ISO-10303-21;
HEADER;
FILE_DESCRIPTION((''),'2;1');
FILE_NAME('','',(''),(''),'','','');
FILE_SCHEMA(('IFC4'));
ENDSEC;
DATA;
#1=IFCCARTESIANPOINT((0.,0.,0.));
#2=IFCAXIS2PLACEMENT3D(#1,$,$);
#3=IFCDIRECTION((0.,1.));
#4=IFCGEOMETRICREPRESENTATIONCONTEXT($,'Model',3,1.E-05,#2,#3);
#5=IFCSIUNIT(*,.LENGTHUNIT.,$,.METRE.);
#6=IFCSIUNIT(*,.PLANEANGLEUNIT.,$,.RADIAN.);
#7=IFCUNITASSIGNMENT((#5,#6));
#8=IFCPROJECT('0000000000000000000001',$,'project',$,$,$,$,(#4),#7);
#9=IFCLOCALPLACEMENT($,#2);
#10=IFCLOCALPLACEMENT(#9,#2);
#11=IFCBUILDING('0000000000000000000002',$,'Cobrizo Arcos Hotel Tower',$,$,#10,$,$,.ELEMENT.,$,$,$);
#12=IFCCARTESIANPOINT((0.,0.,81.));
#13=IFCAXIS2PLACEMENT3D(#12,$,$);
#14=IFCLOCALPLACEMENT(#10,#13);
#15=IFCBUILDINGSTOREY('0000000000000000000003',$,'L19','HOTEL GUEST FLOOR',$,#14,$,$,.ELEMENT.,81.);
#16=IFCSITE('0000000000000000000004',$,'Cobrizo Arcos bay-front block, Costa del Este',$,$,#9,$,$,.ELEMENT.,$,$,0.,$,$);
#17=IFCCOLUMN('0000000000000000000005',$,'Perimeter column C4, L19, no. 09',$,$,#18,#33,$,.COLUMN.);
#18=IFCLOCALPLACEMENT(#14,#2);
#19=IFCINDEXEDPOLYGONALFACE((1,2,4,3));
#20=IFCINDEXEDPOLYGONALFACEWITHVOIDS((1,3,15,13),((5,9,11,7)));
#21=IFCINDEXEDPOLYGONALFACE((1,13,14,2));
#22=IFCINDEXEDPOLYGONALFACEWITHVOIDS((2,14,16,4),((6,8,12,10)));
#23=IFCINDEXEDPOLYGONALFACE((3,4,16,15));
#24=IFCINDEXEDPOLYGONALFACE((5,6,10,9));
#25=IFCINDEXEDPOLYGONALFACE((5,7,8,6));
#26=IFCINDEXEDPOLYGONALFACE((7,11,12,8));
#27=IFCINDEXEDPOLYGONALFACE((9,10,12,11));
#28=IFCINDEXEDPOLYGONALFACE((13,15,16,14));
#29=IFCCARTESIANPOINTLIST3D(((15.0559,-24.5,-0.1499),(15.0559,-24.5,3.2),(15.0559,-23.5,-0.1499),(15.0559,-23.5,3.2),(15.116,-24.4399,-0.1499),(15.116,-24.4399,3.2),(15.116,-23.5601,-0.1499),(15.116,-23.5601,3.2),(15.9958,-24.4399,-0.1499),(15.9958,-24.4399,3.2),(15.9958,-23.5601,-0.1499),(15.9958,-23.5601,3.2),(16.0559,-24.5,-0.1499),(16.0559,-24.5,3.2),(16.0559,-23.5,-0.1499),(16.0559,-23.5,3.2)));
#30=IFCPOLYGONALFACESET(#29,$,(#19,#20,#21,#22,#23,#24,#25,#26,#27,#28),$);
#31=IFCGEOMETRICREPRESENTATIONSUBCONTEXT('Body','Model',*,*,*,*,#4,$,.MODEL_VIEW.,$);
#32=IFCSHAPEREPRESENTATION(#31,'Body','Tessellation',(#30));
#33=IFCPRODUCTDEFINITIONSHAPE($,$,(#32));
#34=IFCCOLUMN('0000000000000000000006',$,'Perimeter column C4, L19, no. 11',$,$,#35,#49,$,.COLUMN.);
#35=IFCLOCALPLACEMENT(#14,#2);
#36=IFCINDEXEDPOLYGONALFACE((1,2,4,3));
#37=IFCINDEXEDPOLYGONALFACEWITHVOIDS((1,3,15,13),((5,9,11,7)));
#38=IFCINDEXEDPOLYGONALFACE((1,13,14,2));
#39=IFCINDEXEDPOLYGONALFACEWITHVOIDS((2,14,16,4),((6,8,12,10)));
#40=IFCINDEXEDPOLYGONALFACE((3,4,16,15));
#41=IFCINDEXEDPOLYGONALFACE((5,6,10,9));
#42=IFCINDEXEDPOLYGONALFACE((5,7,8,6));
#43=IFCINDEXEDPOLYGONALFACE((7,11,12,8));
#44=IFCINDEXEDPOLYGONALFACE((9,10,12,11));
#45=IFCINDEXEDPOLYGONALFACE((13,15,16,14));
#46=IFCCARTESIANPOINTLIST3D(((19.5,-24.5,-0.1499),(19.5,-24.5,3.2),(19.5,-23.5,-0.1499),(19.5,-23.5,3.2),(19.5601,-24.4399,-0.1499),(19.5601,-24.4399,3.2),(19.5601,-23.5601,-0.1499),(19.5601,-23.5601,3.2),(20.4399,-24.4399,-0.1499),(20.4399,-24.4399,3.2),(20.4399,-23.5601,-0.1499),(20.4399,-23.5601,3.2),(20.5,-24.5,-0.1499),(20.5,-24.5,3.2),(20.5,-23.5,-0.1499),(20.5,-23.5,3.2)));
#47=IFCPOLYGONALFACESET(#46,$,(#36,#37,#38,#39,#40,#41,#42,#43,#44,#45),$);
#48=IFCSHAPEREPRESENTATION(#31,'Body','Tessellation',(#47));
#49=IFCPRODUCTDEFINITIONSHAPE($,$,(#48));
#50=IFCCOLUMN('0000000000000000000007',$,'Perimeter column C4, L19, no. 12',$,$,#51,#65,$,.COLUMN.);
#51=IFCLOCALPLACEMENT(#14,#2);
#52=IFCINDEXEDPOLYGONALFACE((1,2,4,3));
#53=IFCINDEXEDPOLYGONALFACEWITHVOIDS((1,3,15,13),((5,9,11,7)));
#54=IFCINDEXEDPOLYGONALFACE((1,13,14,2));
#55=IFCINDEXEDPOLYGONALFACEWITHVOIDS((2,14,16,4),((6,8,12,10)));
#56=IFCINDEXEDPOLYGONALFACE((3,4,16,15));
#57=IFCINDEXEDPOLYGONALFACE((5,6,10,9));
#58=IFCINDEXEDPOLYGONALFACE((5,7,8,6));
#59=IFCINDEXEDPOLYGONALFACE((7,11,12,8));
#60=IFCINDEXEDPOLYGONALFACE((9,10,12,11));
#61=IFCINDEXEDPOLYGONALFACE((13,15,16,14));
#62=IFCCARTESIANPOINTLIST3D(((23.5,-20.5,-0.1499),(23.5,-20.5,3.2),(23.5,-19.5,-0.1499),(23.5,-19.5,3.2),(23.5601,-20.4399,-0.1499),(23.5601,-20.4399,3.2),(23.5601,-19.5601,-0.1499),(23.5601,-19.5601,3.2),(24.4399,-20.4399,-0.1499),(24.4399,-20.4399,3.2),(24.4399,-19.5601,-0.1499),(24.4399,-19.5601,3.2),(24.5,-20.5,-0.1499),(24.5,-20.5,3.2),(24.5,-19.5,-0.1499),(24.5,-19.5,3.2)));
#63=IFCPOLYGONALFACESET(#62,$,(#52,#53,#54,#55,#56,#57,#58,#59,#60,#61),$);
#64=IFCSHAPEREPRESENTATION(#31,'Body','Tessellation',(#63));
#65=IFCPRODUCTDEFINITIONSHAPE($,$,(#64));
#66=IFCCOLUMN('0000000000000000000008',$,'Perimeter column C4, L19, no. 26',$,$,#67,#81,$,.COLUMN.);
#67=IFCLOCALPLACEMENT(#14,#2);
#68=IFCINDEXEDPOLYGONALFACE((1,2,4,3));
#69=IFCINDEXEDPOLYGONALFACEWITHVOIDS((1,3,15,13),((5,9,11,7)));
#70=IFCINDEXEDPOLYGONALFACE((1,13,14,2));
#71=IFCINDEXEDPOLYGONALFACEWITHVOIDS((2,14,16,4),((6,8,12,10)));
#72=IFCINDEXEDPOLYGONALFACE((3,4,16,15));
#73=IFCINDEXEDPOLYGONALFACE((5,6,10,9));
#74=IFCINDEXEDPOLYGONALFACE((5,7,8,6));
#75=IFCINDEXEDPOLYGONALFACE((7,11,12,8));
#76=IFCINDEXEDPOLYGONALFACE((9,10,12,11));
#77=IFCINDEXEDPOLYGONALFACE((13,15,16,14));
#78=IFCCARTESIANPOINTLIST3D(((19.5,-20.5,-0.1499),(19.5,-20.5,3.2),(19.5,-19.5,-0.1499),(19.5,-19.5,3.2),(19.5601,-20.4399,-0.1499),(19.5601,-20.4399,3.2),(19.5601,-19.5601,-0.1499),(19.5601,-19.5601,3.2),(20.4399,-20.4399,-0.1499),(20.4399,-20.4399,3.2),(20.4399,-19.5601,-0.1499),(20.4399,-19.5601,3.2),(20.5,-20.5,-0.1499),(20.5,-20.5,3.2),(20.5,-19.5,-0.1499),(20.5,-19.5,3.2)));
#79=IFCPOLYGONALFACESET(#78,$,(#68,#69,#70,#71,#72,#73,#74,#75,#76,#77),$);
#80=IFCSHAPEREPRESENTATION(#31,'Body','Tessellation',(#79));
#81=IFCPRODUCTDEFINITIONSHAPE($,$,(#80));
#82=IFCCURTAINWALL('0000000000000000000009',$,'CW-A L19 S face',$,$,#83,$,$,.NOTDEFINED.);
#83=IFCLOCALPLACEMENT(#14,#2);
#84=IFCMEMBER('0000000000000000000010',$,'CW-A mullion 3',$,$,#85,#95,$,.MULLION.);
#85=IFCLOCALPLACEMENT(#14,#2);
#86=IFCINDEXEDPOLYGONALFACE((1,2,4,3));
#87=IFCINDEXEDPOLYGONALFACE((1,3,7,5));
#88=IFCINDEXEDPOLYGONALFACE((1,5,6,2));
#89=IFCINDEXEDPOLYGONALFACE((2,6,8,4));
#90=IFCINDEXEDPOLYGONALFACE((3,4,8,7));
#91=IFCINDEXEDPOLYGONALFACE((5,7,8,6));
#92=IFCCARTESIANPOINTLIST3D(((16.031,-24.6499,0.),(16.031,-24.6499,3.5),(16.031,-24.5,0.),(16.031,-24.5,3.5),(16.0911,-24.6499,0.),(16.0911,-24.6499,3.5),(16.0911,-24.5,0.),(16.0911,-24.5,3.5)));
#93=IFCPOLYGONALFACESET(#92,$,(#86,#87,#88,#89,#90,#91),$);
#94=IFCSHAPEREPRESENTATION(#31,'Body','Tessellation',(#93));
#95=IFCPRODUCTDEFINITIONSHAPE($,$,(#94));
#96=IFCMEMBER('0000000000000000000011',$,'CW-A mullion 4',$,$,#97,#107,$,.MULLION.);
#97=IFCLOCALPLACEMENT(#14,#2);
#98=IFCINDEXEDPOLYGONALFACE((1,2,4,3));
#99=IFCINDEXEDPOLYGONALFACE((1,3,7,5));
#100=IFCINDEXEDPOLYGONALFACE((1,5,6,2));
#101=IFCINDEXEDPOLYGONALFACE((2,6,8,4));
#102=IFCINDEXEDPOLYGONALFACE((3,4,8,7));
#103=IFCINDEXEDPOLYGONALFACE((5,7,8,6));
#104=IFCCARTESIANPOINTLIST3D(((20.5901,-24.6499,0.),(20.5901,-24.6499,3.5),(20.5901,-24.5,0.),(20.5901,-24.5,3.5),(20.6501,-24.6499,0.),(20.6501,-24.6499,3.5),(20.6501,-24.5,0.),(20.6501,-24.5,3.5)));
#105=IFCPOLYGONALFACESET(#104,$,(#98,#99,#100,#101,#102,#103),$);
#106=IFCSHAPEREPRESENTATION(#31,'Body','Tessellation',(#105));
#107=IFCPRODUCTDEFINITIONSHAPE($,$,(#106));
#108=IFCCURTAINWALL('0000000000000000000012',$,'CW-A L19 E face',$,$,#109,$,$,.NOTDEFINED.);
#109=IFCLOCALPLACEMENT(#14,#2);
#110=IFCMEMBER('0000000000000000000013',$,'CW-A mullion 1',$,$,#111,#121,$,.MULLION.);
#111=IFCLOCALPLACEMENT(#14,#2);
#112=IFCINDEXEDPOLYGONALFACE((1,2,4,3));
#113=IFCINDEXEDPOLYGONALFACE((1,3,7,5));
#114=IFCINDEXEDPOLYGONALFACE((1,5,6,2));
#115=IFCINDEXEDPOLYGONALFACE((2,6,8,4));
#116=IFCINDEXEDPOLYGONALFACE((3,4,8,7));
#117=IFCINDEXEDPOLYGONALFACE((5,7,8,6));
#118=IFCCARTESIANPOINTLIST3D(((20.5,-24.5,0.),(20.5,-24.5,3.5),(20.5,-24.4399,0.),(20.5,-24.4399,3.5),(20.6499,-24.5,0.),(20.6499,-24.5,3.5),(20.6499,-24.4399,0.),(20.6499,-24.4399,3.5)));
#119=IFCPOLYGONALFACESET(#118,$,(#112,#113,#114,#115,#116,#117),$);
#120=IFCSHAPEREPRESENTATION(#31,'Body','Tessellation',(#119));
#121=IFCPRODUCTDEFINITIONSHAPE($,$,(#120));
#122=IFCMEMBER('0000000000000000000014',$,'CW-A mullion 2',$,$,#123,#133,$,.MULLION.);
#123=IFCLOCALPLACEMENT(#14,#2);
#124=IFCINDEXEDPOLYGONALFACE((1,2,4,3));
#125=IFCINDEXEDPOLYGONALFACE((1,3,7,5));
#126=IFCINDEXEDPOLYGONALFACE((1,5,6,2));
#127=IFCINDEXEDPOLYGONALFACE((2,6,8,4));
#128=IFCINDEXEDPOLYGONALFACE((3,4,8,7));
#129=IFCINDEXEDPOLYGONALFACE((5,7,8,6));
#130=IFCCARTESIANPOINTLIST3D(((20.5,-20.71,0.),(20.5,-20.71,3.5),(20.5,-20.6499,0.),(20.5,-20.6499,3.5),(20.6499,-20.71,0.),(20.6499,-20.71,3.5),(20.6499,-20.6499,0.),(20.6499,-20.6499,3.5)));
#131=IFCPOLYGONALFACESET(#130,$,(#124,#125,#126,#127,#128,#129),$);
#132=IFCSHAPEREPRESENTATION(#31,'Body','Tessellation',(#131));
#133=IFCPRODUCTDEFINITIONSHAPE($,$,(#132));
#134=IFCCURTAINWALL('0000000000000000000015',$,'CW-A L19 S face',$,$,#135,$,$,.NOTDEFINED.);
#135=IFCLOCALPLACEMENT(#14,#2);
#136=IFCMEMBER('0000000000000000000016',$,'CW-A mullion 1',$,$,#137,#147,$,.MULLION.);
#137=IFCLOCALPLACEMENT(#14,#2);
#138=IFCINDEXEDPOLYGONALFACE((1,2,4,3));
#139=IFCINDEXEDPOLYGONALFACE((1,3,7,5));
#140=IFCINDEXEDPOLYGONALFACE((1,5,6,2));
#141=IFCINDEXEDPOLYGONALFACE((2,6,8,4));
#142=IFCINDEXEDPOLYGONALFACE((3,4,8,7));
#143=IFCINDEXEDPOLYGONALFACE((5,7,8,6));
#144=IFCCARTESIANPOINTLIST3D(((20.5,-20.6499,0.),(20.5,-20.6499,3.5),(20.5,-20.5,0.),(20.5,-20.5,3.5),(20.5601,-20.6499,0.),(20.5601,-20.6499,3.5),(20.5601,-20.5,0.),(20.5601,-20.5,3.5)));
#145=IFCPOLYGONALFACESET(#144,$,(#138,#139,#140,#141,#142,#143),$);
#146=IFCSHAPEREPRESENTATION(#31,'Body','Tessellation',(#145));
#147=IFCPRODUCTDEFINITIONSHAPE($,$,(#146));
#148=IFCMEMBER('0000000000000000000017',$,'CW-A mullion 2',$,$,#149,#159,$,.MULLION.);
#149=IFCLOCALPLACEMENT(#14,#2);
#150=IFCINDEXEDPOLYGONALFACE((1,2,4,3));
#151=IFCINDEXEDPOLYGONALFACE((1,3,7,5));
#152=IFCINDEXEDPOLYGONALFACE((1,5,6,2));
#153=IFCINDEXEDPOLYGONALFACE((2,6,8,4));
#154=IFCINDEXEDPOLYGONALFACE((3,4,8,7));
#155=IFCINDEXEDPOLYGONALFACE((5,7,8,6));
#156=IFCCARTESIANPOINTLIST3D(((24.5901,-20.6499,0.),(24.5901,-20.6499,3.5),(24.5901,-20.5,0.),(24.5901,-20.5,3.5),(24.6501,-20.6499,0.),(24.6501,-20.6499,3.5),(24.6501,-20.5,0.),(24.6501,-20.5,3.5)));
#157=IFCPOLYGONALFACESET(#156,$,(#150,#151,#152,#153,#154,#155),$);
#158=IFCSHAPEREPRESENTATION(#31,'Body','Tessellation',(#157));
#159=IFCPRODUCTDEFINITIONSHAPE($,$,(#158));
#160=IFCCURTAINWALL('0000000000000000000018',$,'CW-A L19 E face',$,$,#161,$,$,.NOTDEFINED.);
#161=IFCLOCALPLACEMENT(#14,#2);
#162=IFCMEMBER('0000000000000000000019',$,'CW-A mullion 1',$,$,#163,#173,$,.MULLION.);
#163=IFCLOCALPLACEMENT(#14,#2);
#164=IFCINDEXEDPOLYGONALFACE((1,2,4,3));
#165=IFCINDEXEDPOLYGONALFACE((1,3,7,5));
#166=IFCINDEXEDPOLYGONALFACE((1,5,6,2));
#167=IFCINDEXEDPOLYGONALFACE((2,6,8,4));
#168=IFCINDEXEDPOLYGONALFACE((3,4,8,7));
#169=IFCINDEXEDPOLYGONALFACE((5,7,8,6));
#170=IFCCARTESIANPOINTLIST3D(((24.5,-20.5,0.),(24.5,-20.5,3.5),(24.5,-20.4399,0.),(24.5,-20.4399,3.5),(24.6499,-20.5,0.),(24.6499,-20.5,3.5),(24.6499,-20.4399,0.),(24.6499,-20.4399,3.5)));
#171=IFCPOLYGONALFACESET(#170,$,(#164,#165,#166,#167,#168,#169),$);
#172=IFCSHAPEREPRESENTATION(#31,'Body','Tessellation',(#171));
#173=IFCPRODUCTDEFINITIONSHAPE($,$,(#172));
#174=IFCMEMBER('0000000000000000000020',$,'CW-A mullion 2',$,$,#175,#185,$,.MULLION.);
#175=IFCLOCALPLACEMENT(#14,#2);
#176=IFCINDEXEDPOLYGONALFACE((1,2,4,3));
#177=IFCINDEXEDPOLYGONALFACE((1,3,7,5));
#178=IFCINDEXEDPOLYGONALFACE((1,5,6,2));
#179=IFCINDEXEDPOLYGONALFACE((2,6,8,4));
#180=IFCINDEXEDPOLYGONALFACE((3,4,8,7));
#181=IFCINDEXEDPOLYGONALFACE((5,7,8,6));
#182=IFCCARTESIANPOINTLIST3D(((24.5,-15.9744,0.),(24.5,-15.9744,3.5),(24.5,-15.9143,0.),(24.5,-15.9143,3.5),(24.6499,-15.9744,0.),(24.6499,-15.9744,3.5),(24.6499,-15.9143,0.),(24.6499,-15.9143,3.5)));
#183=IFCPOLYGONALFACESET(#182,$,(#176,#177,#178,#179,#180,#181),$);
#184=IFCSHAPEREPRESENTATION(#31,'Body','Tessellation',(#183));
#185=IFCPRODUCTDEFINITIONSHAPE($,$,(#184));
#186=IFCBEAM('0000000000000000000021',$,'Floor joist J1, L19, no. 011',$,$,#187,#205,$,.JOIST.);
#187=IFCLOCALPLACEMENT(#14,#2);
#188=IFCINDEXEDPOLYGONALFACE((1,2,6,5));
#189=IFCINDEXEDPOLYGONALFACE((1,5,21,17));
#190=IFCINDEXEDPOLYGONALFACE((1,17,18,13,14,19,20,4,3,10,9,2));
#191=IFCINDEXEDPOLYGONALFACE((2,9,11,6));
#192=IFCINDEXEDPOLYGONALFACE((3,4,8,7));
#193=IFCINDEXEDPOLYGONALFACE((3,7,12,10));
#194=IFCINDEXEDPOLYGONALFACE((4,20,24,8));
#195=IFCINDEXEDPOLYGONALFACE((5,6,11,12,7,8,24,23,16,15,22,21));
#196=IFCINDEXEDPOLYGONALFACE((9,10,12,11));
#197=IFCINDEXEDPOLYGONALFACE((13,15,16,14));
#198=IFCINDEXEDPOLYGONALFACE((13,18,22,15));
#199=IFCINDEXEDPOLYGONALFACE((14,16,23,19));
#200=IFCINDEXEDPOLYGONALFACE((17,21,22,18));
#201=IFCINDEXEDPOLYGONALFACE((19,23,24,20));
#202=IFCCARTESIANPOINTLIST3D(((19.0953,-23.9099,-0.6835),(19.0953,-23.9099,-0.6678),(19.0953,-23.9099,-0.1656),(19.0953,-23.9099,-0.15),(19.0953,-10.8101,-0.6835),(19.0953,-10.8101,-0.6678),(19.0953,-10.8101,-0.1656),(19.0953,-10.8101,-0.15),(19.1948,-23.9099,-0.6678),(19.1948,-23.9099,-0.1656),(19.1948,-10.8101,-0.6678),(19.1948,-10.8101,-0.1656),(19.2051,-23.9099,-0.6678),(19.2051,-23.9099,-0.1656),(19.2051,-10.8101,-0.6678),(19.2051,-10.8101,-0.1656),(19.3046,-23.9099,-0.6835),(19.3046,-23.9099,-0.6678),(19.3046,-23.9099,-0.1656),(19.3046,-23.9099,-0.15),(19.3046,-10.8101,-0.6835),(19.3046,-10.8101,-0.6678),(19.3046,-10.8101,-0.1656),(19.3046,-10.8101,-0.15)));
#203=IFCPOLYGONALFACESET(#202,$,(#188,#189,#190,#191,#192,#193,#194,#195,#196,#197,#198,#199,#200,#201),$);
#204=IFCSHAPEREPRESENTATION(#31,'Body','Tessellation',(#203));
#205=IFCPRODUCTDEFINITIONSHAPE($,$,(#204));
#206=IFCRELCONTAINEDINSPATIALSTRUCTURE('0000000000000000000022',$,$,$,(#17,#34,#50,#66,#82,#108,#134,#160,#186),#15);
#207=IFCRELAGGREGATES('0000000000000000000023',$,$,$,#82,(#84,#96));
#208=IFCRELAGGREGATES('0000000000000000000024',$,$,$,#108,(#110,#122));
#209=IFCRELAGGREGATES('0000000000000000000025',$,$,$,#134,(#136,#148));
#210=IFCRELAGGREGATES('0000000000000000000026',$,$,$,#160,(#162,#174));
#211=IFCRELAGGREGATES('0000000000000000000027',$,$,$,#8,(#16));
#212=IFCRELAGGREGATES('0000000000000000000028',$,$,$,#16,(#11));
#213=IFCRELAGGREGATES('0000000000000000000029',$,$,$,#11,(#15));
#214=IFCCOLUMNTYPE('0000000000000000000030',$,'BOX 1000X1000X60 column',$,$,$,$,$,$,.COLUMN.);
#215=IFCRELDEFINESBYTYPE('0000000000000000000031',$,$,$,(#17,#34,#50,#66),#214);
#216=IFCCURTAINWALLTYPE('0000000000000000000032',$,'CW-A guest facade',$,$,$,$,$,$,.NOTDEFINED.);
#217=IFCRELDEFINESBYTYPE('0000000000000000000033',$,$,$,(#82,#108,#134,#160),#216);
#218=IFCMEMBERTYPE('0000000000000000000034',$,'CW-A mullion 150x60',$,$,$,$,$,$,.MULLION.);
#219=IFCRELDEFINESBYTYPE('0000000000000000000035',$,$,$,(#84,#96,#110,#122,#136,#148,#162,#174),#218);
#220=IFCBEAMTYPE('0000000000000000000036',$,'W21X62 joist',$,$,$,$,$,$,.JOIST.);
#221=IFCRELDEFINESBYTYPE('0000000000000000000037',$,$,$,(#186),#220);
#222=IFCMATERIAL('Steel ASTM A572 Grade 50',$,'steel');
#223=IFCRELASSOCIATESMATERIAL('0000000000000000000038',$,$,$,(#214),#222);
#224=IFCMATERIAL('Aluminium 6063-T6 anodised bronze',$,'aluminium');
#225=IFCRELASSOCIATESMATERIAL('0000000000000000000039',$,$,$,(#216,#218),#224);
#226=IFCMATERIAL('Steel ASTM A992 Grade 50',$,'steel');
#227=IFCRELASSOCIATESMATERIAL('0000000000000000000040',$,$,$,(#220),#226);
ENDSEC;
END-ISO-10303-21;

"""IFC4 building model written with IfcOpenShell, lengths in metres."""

from ifc_helpers import new_model, si_unit, direction, frame, origin, origin_2d, place, context, subcontext, project, spatial, rectangle, hollow_rectangle, i_section, extrude, material, material_profile, profile_set, type_object, element, aggregate, save


model = new_model("IFC4")

# Units and contexts
model_context = context("Model", 3, precision=1e-05, world=origin(), true_north=direction((0.0, 1.0)))
body_context = subcontext(model_context, "Body", "Model", "MODEL_VIEW")
ifc_project = project(units=[si_unit("LENGTHUNIT", "METRE"), si_unit("PLANEANGLEUNIT", "RADIAN")], contexts=[model_context])

# Site, building, storey
site_placement = place(None, origin())
site = spatial("IfcSite", under=ifc_project, at=site_placement, Name="Cobrizo Arcos bay-front block, Costa del Este", CompositionType="ELEMENT", RefElevation=0.0)
building_placement = place(site_placement, origin())
building = spatial("IfcBuilding", under=site, at=building_placement, Name="Cobrizo Arcos Hotel Tower", CompositionType="ELEMENT")
storey_placement = place(building_placement, frame((0.0, 0.0, 81.0)))
storey = spatial("IfcBuildingStorey", under=building, at=storey_placement, Name="L19", Description="HOTEL GUEST FLOOR", CompositionType="ELEMENT", Elevation=81.0)

# Columns
ifc_material_1 = material(Name="Steel ASTM A572 Grade 50", Category="steel")
ifc_material_profile_1 = material_profile(ifc_material_1, hollow_rectangle(XDim=1.0, YDim=1.0, WallThickness=0.0601, at=origin_2d()), Name="BOX 1000X1000X60")
ifc_profile_set_1 = profile_set([ifc_material_profile_1], Name="Steel ASTM A572 Grade 50")
column_type = type_object("IfcColumnType", Name="BOX 1000X1000X60 column", PredefinedType="COLUMN", material=ifc_profile_set_1)
for number, where, z_axis, x_axis, name in (
    (1, (15.5559, -24.0, -0.1499), (0.0, 0.0, 1.0), (1.0, 0.0, 0.0), "Perimeter column C4, L19, no. 09"),
    (2, (20.0, -24.0, -0.1499), (0.0, 0.0, 1.0), (1.0, 0.0, 0.0), "Perimeter column C4, L19, no. 11"),
    (3, (24.0, -20.0, -0.1499), (0.0, 0.0, 1.0), (1.0, 0.0, 0.0), "Perimeter column C4, L19, no. 12"),
    (4, (20.0, -20.0, -0.1499), (0.0, 0.0, 1.0), (1.0, 0.0, 0.0), "Perimeter column C4, L19, no. 26"),
):
    element("IfcColumn", number, at=place(storey_placement, frame(where, z_axis=z_axis, x_axis=x_axis)), inside=storey, type_object=column_type, Name=name, PredefinedType="COLUMN", context=body_context, shape_type="SweptSolid", body=[
        extrude(hollow_rectangle(XDim=1.0, YDim=1.0, WallThickness=0.0601, at=origin_2d()), origin(), (0.0, 0.0, 1.0), 3.3499),
    ])

# Curtain walls, members
ifc_material_2 = material(Name="Aluminium 6063-T6 anodised bronze", Category="aluminium")
curtain_wall_type = type_object("IfcCurtainWallType", Name="CW-A guest facade", PredefinedType="NOTDEFINED", material=ifc_material_2)
curtain_wall_1_placement = place(storey_placement, origin())
curtain_wall_1 = element("IfcCurtainWall", 5, at=curtain_wall_1_placement, inside=storey, type_object=curtain_wall_type, Name="CW-A L19 S face", PredefinedType="NOTDEFINED")
ifc_material_profile_2 = material_profile(ifc_material_2, rectangle(XDim=0.1499, YDim=0.0601, at=origin_2d()), Name="CW-A mullion 150x60")
ifc_profile_set_2 = profile_set([ifc_material_profile_2], Name="Aluminium 6063-T6 anodised bronze")
member_type = type_object("IfcMemberType", Name="CW-A mullion 150x60", PredefinedType="MULLION", material=ifc_profile_set_2)
member_1_placement = place(storey_placement, frame((16.061, -24.575, 0.0), z_axis=(0.0, 0.0, 1.0), x_axis=(0.0, -1.0, 0.0)))
member_1 = element("IfcMember", 6, at=member_1_placement, type_object=member_type, Name="CW-A mullion 3", PredefinedType="MULLION", context=body_context, shape_type="SweptSolid", body=[
    extrude(rectangle(XDim=0.1499, YDim=0.0601, at=origin_2d()), origin(), (0.0, 0.0, 1.0), 3.5),
])
member_2_placement = place(storey_placement, frame((20.6201, -24.575, 0.0), z_axis=(0.0, 0.0, 1.0), x_axis=(0.0, -1.0, 0.0)))
member_2 = element("IfcMember", 7, at=member_2_placement, type_object=member_type, Name="CW-A mullion 4", PredefinedType="MULLION", context=body_context, shape_type="SweptSolid", body=[
    extrude(rectangle(XDim=0.1499, YDim=0.0601, at=origin_2d()), origin(), (0.0, 0.0, 1.0), 3.5),
])
curtain_wall_2_placement = place(storey_placement, origin())
curtain_wall_2 = element("IfcCurtainWall", 8, at=curtain_wall_2_placement, inside=storey, type_object=curtain_wall_type, Name="CW-A L19 E face", PredefinedType="NOTDEFINED")
member_3_placement = place(storey_placement, frame((20.575, -24.47, 0.0), z_axis=(0.0, 0.0, 1.0), x_axis=(1.0, 0.0, 0.0)))
member_3 = element("IfcMember", 9, at=member_3_placement, type_object=member_type, Name="CW-A mullion 1", PredefinedType="MULLION", context=body_context, shape_type="SweptSolid", body=[
    extrude(rectangle(XDim=0.1499, YDim=0.0601, at=origin_2d()), origin(), (0.0, 0.0, 1.0), 3.5),
])
member_4_placement = place(storey_placement, frame((20.575, -20.6799, 0.0), z_axis=(0.0, 0.0, 1.0), x_axis=(1.0, 0.0, 0.0)))
member_4 = element("IfcMember", 10, at=member_4_placement, type_object=member_type, Name="CW-A mullion 2", PredefinedType="MULLION", context=body_context, shape_type="SweptSolid", body=[
    extrude(rectangle(XDim=0.1499, YDim=0.0601, at=origin_2d()), origin(), (0.0, 0.0, 1.0), 3.5),
])
curtain_wall_3_placement = place(storey_placement, origin())
curtain_wall_3 = element("IfcCurtainWall", 11, at=curtain_wall_3_placement, inside=storey, type_object=curtain_wall_type, Name="CW-A L19 S face", PredefinedType="NOTDEFINED")
member_5_placement = place(storey_placement, frame((20.53, -20.575, 0.0), z_axis=(0.0, 0.0, 1.0), x_axis=(0.0, -1.0, 0.0)))
member_5 = element("IfcMember", 12, at=member_5_placement, type_object=member_type, Name="CW-A mullion 1", PredefinedType="MULLION", context=body_context, shape_type="SweptSolid", body=[
    extrude(rectangle(XDim=0.1499, YDim=0.0601, at=origin_2d()), origin(), (0.0, 0.0, 1.0), 3.5),
])
member_6_placement = place(storey_placement, frame((24.6201, -20.575, 0.0), z_axis=(0.0, 0.0, 1.0), x_axis=(0.0, -1.0, 0.0)))
member_6 = element("IfcMember", 13, at=member_6_placement, type_object=member_type, Name="CW-A mullion 2", PredefinedType="MULLION", context=body_context, shape_type="SweptSolid", body=[
    extrude(rectangle(XDim=0.1499, YDim=0.0601, at=origin_2d()), origin(), (0.0, 0.0, 1.0), 3.5),
])
curtain_wall_4_placement = place(storey_placement, origin())
curtain_wall_4 = element("IfcCurtainWall", 14, at=curtain_wall_4_placement, inside=storey, type_object=curtain_wall_type, Name="CW-A L19 E face", PredefinedType="NOTDEFINED")
member_7_placement = place(storey_placement, frame((24.575, -20.47, 0.0), z_axis=(0.0, 0.0, 1.0), x_axis=(1.0, 0.0, 0.0)))
member_7 = element("IfcMember", 15, at=member_7_placement, type_object=member_type, Name="CW-A mullion 1", PredefinedType="MULLION", context=body_context, shape_type="SweptSolid", body=[
    extrude(rectangle(XDim=0.1499, YDim=0.0601, at=origin_2d()), origin(), (0.0, 0.0, 1.0), 3.5),
])
member_8_placement = place(storey_placement, frame((24.575, -15.9443, 0.0), z_axis=(0.0, 0.0, 1.0), x_axis=(1.0, 0.0, 0.0)))
member_8 = element("IfcMember", 16, at=member_8_placement, type_object=member_type, Name="CW-A mullion 2", PredefinedType="MULLION", context=body_context, shape_type="SweptSolid", body=[
    extrude(rectangle(XDim=0.1499, YDim=0.0601, at=origin_2d()), origin(), (0.0, 0.0, 1.0), 3.5),
])

# Beam
ifc_material_3 = material(Name="Steel ASTM A992 Grade 50", Category="steel")
ifc_material_profile_3 = material_profile(ifc_material_3, i_section(OverallWidth=0.2092, OverallDepth=0.5334, WebThickness=0.0103, FlangeThickness=0.0156, at=origin_2d()), Name="W21X62")
ifc_profile_set_3 = profile_set([ifc_material_profile_3], Name="Steel ASTM A992 Grade 50")
beam_type_1 = type_object("IfcBeamType", Name="W21X62 joist", PredefinedType="JOIST", material=ifc_profile_set_3)
beam_1_placement = place(storey_placement, frame((19.2, -23.9099, -0.4167), z_axis=(0.0, 1.0, 0.0), x_axis=(-1.0, 0.0, 0.0)))
element("IfcBeam", 17, at=beam_1_placement, inside=storey, type_object=beam_type_1, Name="Floor joist J1, L19, no. 011", PredefinedType="JOIST", context=body_context, shape_type="SweptSolid", body=[
    extrude(i_section(OverallWidth=0.2092, OverallDepth=0.5334, WebThickness=0.0103, FlangeThickness=0.0156, at=origin_2d()), origin(), (0.0, 0.0, 1.0), 13.0999),
])

aggregate(curtain_wall_1, [member_1, member_2])
aggregate(curtain_wall_2, [member_3, member_4])
aggregate(curtain_wall_3, [member_5, member_6])
aggregate(curtain_wall_4, [member_7, member_8])

save(model, "model.ifc")
